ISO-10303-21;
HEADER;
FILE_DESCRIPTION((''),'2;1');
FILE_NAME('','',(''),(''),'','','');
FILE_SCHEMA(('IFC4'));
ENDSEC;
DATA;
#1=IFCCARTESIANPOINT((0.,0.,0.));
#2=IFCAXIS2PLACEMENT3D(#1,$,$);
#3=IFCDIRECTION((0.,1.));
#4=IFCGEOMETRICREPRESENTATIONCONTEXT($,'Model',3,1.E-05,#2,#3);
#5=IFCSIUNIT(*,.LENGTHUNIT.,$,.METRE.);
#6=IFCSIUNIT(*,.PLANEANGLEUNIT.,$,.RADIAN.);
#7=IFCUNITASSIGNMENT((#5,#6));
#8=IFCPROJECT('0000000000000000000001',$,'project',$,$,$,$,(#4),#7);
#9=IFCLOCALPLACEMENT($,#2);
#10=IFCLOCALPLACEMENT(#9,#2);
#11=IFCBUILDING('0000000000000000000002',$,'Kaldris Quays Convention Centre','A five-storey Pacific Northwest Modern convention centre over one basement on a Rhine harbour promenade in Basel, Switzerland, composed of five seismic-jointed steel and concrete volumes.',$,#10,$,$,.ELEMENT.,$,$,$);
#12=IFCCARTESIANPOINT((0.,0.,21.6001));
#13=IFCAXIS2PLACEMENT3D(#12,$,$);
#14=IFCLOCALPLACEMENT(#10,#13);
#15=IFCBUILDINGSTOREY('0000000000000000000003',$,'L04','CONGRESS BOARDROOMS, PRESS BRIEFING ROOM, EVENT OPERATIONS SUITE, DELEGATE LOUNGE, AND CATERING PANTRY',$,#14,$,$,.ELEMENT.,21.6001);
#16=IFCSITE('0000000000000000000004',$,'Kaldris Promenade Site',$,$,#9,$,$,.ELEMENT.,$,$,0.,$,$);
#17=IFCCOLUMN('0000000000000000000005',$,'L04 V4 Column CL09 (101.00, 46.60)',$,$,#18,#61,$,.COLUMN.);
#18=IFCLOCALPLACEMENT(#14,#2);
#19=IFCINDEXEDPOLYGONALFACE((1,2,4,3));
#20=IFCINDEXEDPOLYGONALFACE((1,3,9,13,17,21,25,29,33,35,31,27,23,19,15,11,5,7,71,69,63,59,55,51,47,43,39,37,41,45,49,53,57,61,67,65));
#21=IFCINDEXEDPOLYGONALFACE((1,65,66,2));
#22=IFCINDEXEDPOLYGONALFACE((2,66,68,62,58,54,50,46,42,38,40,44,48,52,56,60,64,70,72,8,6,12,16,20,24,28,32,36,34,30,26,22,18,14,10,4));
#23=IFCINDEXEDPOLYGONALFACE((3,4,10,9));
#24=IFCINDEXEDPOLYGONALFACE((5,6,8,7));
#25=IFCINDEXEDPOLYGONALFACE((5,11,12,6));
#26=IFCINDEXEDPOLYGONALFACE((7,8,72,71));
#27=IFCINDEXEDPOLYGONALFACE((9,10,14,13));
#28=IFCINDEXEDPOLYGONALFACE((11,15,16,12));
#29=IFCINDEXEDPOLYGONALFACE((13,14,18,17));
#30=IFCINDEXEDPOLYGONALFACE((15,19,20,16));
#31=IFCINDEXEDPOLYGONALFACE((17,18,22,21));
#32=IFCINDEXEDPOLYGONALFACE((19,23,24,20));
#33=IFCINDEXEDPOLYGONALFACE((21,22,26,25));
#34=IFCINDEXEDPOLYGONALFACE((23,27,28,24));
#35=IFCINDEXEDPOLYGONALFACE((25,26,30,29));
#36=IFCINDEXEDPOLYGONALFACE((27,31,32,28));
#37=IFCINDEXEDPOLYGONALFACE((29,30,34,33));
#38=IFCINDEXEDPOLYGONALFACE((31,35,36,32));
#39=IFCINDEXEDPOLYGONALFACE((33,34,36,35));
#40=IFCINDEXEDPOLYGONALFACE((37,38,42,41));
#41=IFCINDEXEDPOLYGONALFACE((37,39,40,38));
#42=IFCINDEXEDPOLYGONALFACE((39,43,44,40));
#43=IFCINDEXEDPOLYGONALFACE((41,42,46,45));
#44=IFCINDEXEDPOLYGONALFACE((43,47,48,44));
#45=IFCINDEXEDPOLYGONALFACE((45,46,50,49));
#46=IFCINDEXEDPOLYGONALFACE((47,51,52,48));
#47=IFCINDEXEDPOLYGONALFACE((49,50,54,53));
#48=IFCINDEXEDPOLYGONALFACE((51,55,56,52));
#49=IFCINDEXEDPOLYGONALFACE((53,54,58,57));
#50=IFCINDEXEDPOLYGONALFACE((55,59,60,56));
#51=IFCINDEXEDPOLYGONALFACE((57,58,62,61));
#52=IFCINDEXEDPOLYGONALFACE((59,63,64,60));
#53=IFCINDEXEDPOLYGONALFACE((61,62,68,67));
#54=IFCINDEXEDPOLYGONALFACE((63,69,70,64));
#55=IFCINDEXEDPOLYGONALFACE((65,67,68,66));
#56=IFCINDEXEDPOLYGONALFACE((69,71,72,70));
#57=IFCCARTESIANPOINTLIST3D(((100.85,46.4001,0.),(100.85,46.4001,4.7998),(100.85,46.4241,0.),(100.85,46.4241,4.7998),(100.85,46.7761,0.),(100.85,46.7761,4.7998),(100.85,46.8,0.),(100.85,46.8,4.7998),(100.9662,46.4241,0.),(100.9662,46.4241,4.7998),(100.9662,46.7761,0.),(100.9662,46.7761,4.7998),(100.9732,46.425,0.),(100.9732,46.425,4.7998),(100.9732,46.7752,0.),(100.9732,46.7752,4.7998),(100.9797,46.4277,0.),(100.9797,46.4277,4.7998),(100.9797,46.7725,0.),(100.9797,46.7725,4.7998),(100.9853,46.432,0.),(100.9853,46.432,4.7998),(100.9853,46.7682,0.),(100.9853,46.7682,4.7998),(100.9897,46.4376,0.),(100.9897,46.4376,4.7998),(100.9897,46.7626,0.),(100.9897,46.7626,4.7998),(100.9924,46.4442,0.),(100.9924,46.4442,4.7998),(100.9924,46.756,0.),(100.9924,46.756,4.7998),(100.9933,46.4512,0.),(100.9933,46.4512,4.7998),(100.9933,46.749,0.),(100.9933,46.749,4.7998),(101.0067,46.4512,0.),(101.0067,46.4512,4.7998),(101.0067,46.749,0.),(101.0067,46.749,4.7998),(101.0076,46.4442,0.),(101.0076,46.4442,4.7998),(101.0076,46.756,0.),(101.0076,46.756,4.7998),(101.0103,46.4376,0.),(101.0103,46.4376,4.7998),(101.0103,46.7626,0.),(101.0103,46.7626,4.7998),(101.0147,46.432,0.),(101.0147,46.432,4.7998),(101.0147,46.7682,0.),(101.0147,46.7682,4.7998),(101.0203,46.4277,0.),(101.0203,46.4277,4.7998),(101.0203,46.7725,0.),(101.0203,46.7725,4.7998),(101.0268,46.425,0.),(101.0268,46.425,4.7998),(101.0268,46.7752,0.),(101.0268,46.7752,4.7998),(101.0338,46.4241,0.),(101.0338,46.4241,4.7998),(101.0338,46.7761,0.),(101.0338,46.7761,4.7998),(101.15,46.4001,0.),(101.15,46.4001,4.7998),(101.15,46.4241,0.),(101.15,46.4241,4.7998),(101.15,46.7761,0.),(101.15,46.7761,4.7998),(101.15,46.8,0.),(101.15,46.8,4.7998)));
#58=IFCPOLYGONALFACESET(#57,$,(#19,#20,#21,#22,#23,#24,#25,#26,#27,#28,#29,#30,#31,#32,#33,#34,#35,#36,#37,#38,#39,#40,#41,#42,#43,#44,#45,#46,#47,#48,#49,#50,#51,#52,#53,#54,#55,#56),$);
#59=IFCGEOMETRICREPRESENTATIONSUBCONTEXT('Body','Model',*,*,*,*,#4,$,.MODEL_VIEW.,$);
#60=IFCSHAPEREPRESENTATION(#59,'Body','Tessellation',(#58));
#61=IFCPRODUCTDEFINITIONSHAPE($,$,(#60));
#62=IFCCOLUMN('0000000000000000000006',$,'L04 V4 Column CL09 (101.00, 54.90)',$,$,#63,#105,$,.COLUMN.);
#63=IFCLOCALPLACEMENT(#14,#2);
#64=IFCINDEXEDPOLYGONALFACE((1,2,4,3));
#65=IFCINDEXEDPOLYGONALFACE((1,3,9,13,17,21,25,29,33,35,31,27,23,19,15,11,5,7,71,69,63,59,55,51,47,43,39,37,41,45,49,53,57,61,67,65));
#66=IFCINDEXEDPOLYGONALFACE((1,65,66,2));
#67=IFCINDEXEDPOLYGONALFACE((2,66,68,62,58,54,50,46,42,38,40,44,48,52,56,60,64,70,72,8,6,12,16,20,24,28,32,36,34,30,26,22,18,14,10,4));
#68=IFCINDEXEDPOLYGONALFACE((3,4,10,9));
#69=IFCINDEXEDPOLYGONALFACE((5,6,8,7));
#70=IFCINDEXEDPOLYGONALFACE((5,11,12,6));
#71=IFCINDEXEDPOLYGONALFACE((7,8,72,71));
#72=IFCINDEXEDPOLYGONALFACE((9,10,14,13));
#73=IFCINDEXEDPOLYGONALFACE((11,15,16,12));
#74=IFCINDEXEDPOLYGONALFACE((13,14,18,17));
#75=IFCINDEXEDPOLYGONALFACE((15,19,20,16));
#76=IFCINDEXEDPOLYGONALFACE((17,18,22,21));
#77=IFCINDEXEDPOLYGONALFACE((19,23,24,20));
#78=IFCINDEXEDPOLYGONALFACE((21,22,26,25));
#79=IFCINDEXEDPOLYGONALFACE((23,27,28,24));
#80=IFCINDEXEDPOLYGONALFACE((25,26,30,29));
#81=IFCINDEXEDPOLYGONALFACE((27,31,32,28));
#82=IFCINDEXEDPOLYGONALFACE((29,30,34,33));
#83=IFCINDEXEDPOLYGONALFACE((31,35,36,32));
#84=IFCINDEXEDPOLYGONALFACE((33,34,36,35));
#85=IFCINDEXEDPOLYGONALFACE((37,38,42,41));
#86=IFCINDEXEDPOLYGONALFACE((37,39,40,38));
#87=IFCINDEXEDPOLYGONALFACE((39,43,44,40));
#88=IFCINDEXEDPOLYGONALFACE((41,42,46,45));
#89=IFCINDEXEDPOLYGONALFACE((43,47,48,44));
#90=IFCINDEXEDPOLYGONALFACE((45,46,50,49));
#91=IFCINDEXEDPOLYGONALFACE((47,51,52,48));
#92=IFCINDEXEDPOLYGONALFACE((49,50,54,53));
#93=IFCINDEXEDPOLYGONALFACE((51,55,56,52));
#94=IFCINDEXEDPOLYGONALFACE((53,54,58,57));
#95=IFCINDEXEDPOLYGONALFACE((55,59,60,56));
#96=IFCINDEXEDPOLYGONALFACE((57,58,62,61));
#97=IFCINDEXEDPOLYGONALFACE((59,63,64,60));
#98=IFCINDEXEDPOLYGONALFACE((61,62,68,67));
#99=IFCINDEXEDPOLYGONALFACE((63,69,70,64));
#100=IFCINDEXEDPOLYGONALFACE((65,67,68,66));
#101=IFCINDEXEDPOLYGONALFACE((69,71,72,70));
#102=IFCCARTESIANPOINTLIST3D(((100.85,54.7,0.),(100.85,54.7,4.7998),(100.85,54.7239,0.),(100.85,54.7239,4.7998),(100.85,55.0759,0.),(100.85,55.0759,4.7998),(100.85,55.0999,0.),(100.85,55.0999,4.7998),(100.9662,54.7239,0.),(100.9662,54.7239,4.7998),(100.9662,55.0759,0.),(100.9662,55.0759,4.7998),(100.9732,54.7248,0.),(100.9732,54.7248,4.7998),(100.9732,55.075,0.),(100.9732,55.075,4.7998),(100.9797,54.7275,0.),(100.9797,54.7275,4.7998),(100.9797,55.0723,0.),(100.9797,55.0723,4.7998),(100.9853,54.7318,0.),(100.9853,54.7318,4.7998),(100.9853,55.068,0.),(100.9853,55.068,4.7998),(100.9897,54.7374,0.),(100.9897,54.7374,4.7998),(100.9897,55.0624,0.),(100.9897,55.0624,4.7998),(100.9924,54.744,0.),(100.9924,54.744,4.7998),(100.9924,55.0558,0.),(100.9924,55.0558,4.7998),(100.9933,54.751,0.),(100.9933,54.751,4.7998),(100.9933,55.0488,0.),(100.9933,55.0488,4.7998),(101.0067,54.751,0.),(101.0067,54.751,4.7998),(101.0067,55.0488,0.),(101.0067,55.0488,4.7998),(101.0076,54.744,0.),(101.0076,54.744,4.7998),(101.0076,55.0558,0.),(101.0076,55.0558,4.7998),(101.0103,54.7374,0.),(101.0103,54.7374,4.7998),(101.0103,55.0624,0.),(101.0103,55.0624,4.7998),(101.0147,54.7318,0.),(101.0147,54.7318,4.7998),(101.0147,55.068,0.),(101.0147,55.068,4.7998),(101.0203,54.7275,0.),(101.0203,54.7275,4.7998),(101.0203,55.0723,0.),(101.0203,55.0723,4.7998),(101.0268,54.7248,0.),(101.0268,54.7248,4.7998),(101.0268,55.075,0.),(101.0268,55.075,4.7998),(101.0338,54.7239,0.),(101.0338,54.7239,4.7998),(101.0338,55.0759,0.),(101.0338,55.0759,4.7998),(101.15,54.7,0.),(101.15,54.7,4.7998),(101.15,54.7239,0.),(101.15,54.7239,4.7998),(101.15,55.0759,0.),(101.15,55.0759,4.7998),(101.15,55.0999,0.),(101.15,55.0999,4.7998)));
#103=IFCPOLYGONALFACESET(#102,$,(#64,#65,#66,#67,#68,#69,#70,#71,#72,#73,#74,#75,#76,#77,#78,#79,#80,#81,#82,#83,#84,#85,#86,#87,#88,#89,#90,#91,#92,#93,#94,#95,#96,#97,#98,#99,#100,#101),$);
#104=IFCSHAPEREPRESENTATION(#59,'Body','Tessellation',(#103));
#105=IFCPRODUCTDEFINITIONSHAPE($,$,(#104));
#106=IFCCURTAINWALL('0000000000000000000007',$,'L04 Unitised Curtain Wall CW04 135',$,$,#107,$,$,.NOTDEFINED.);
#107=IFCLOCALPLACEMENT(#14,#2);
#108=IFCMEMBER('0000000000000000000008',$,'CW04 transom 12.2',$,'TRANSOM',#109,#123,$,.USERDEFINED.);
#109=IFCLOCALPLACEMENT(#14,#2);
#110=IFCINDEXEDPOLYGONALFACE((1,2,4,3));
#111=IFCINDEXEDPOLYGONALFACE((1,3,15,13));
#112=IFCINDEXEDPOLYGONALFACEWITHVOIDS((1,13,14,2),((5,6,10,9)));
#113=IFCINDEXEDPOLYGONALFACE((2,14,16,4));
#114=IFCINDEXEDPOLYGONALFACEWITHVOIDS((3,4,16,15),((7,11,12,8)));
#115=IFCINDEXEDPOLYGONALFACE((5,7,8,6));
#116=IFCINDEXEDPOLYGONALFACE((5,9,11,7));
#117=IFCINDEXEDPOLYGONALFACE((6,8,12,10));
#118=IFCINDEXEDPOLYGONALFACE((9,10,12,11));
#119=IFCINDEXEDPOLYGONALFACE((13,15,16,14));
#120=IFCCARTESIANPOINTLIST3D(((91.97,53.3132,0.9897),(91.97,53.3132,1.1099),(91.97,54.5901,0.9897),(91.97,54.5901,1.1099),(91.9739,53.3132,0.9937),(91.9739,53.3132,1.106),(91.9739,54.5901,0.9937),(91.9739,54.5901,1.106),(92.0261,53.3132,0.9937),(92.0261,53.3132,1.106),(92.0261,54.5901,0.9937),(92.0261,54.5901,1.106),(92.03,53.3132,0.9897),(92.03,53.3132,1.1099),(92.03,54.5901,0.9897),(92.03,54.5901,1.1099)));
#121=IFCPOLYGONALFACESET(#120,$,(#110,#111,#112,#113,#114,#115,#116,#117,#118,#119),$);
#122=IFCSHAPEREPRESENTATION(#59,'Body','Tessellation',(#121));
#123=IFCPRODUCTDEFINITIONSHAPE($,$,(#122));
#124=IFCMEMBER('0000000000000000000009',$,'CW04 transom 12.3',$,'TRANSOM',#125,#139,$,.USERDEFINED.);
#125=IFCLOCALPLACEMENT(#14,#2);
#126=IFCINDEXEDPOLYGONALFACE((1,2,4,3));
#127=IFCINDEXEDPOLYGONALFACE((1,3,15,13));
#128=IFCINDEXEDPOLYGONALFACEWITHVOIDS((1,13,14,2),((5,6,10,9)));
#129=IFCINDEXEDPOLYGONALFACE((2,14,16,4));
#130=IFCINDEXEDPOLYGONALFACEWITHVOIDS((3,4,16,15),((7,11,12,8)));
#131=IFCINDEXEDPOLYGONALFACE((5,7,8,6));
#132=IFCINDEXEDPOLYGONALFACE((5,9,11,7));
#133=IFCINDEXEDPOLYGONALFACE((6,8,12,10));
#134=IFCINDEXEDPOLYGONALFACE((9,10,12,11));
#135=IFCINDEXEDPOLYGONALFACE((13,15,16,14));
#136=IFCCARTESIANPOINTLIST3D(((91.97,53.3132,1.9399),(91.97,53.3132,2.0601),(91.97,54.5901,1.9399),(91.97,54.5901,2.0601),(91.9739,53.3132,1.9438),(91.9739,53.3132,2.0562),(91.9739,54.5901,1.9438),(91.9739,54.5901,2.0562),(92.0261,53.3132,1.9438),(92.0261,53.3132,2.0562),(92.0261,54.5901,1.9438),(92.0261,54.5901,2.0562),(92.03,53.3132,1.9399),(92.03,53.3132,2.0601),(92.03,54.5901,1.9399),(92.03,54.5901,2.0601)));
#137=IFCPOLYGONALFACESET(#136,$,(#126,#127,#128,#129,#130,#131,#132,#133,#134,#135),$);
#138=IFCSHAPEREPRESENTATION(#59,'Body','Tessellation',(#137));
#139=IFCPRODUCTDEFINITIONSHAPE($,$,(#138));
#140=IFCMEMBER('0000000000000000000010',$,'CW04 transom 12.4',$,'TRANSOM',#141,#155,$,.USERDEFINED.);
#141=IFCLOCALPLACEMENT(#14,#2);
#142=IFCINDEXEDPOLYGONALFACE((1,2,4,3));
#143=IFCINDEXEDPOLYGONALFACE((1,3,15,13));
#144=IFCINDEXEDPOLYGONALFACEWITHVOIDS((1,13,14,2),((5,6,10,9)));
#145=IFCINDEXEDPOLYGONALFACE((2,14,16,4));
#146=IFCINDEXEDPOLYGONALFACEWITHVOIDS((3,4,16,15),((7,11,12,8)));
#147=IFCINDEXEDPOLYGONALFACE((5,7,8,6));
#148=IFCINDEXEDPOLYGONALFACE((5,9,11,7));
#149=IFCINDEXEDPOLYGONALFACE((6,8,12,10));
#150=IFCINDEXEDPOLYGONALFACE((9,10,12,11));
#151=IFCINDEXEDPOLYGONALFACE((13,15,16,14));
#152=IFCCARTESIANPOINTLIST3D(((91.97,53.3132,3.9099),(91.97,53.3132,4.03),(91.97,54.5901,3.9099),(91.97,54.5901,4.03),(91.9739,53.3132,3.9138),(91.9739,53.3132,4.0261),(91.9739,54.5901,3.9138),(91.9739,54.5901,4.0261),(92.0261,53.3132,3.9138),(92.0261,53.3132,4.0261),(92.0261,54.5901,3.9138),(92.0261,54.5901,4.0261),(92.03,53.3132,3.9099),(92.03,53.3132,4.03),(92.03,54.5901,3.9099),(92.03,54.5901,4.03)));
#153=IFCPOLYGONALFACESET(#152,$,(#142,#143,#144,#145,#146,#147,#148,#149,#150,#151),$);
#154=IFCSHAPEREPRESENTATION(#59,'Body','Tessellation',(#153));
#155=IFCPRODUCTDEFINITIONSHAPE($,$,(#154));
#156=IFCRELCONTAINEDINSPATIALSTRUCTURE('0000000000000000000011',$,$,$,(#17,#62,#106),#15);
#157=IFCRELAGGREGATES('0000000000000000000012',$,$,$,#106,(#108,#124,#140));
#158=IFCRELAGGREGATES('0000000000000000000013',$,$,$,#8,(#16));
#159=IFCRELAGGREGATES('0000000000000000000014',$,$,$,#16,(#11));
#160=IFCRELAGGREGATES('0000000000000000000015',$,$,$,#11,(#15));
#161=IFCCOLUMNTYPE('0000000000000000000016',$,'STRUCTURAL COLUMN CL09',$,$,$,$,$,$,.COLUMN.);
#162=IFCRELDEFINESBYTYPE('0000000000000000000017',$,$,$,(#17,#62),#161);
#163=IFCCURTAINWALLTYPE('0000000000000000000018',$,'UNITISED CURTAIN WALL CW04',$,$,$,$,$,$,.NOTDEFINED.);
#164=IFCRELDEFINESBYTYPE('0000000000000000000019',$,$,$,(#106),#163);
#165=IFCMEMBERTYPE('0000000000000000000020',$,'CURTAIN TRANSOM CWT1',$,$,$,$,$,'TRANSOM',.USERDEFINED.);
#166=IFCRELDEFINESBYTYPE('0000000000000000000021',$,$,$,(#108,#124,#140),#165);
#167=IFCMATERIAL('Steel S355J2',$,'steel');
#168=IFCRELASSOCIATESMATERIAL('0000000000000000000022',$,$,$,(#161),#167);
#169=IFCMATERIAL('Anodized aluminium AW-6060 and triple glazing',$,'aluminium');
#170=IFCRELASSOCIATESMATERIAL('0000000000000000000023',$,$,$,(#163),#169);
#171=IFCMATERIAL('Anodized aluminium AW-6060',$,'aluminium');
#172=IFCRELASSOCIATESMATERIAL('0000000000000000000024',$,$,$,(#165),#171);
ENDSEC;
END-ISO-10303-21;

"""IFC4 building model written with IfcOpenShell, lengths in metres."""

from ifc_helpers import new_model, si_unit, direction, frame, origin, origin_2d, place, context, subcontext, project, spatial, hollow_rectangle, i_section, extrude, material, material_profile, profile_set, type_object, element, aggregate, save


model = new_model("IFC4")

# Units and contexts
model_context = context("Model", 3, precision=1e-05, world=origin(), true_north=direction((0.0, 1.0)))
body_context = subcontext(model_context, "Body", "Model", "MODEL_VIEW")
ifc_project = project(units=[si_unit("LENGTHUNIT", "METRE"), si_unit("PLANEANGLEUNIT", "RADIAN")], contexts=[model_context])

# Site, building, storey
site_placement = place(None, origin())
site = spatial("IfcSite", under=ifc_project, at=site_placement, Name="Kaldris Promenade Site", CompositionType="ELEMENT", RefElevation=0.0)
building_placement = place(site_placement, origin())
building = spatial("IfcBuilding", under=site, at=building_placement, Name="Kaldris Quays Convention Centre", Description="A five-storey Pacific Northwest Modern convention centre over one basement on a Rhine harbour promenade in Basel, Switzerland, composed of five seismic-jointed steel and concrete volumes.", CompositionType="ELEMENT")
storey_placement = place(building_placement, frame((0.0, 0.0, 21.6001)))
storey = spatial("IfcBuildingStorey", under=building, at=storey_placement, Name="L04", Description="CONGRESS BOARDROOMS, PRESS BRIEFING ROOM, EVENT OPERATIONS SUITE, DELEGATE LOUNGE, AND CATERING PANTRY", CompositionType="ELEMENT", Elevation=21.6001)

# Columns
ifc_material_1 = material(Name="Steel S355J2", Category="steel")
ifc_material_profile_1 = material_profile(ifc_material_1, i_section(OverallWidth=0.3, OverallDepth=0.3999, WebThickness=0.0134, FlangeThickness=0.0239, FilletRadius=0.0271, at=origin_2d()), Name="HEB 400")
ifc_profile_set_1 = profile_set([ifc_material_profile_1], Name="Steel S355J2")
column_type = type_object("IfcColumnType", Name="STRUCTURAL COLUMN CL09", PredefinedType="COLUMN", material=ifc_profile_set_1)
for number, where, z_axis, x_axis, name in (
    (1, (101.0, 46.6001, 0.0), (0.0, 0.0, 1.0), (1.0, 0.0, 0.0), "L04 V4 Column CL09 (101.00, 46.60)"),
    (2, (101.0, 54.8999, 0.0), (0.0, 0.0, 1.0), (1.0, 0.0, 0.0), "L04 V4 Column CL09 (101.00, 54.90)"),
):
    element("IfcColumn", number, at=place(storey_placement, frame(where, z_axis=z_axis, x_axis=x_axis)), inside=storey, type_object=column_type, Name=name, PredefinedType="COLUMN", context=body_context, shape_type="SweptSolid", body=[
        extrude(i_section(OverallWidth=0.3, OverallDepth=0.3999, WebThickness=0.0134, FlangeThickness=0.0239, FilletRadius=0.0271, at=origin_2d()), origin(), (0.0, 0.0, 1.0), 4.7998),
    ])

# Curtain wall, members
ifc_material_2 = material(Name="Anodized aluminium AW-6060 and triple glazing", Category="aluminium")
curtain_wall_type = type_object("IfcCurtainWallType", Name="UNITISED CURTAIN WALL CW04", PredefinedType="NOTDEFINED", material=ifc_material_2)
curtain_wall_placement = place(storey_placement, origin())
curtain_wall = element("IfcCurtainWall", 3, at=curtain_wall_placement, inside=storey, type_object=curtain_wall_type, Name="L04 Unitised Curtain Wall CW04 135", PredefinedType="NOTDEFINED")
ifc_material_3 = material(Name="Anodized aluminium AW-6060", Category="aluminium")
ifc_material_profile_2 = material_profile(ifc_material_3, hollow_rectangle(XDim=0.0601, YDim=0.1201, WallThickness=0.0039, at=origin_2d()), Name="RHS 120x60x4")
ifc_profile_set_2 = profile_set([ifc_material_profile_2], Name="Anodized aluminium AW-6060")
member_type = type_object("IfcMemberType", Name="CURTAIN TRANSOM CWT1", ElementType="TRANSOM", PredefinedType="USERDEFINED", material=ifc_profile_set_2)
member_1_placement = place(storey_placement, frame((92.0, 53.3132, 1.0498), z_axis=(0.0, 1.0, 0.0), x_axis=(-1.0, 0.0, 0.0)))
member_1 = element("IfcMember", 4, at=member_1_placement, type_object=member_type, Name="CW04 transom 12.2", ObjectType="TRANSOM", PredefinedType="USERDEFINED", context=body_context, shape_type="SweptSolid", body=[
    extrude(hollow_rectangle(XDim=0.0601, YDim=0.1201, WallThickness=0.0039, at=origin_2d()), origin(), (0.0, 0.0, 1.0), 1.2769),
])
member_2_placement = place(storey_placement, frame((92.0, 53.3132, 2.0), z_axis=(0.0, 1.0, 0.0), x_axis=(-1.0, 0.0, 0.0)))
member_2 = element("IfcMember", 5, at=member_2_placement, type_object=member_type, Name="CW04 transom 12.3", ObjectType="TRANSOM", PredefinedType="USERDEFINED", context=body_context, shape_type="SweptSolid", body=[
    extrude(hollow_rectangle(XDim=0.0601, YDim=0.1201, WallThickness=0.0039, at=origin_2d()), origin(), (0.0, 0.0, 1.0), 1.2769),
])
member_3_placement = place(storey_placement, frame((92.0, 53.3132, 3.97), z_axis=(0.0, 1.0, 0.0), x_axis=(-1.0, 0.0, 0.0)))
member_3 = element("IfcMember", 6, at=member_3_placement, type_object=member_type, Name="CW04 transom 12.4", ObjectType="TRANSOM", PredefinedType="USERDEFINED", context=body_context, shape_type="SweptSolid", body=[
    extrude(hollow_rectangle(XDim=0.0601, YDim=0.1201, WallThickness=0.0039, at=origin_2d()), origin(), (0.0, 0.0, 1.0), 1.2769),
])

aggregate(curtain_wall, [member_1, member_2, member_3])

save(model, "model.ifc")
